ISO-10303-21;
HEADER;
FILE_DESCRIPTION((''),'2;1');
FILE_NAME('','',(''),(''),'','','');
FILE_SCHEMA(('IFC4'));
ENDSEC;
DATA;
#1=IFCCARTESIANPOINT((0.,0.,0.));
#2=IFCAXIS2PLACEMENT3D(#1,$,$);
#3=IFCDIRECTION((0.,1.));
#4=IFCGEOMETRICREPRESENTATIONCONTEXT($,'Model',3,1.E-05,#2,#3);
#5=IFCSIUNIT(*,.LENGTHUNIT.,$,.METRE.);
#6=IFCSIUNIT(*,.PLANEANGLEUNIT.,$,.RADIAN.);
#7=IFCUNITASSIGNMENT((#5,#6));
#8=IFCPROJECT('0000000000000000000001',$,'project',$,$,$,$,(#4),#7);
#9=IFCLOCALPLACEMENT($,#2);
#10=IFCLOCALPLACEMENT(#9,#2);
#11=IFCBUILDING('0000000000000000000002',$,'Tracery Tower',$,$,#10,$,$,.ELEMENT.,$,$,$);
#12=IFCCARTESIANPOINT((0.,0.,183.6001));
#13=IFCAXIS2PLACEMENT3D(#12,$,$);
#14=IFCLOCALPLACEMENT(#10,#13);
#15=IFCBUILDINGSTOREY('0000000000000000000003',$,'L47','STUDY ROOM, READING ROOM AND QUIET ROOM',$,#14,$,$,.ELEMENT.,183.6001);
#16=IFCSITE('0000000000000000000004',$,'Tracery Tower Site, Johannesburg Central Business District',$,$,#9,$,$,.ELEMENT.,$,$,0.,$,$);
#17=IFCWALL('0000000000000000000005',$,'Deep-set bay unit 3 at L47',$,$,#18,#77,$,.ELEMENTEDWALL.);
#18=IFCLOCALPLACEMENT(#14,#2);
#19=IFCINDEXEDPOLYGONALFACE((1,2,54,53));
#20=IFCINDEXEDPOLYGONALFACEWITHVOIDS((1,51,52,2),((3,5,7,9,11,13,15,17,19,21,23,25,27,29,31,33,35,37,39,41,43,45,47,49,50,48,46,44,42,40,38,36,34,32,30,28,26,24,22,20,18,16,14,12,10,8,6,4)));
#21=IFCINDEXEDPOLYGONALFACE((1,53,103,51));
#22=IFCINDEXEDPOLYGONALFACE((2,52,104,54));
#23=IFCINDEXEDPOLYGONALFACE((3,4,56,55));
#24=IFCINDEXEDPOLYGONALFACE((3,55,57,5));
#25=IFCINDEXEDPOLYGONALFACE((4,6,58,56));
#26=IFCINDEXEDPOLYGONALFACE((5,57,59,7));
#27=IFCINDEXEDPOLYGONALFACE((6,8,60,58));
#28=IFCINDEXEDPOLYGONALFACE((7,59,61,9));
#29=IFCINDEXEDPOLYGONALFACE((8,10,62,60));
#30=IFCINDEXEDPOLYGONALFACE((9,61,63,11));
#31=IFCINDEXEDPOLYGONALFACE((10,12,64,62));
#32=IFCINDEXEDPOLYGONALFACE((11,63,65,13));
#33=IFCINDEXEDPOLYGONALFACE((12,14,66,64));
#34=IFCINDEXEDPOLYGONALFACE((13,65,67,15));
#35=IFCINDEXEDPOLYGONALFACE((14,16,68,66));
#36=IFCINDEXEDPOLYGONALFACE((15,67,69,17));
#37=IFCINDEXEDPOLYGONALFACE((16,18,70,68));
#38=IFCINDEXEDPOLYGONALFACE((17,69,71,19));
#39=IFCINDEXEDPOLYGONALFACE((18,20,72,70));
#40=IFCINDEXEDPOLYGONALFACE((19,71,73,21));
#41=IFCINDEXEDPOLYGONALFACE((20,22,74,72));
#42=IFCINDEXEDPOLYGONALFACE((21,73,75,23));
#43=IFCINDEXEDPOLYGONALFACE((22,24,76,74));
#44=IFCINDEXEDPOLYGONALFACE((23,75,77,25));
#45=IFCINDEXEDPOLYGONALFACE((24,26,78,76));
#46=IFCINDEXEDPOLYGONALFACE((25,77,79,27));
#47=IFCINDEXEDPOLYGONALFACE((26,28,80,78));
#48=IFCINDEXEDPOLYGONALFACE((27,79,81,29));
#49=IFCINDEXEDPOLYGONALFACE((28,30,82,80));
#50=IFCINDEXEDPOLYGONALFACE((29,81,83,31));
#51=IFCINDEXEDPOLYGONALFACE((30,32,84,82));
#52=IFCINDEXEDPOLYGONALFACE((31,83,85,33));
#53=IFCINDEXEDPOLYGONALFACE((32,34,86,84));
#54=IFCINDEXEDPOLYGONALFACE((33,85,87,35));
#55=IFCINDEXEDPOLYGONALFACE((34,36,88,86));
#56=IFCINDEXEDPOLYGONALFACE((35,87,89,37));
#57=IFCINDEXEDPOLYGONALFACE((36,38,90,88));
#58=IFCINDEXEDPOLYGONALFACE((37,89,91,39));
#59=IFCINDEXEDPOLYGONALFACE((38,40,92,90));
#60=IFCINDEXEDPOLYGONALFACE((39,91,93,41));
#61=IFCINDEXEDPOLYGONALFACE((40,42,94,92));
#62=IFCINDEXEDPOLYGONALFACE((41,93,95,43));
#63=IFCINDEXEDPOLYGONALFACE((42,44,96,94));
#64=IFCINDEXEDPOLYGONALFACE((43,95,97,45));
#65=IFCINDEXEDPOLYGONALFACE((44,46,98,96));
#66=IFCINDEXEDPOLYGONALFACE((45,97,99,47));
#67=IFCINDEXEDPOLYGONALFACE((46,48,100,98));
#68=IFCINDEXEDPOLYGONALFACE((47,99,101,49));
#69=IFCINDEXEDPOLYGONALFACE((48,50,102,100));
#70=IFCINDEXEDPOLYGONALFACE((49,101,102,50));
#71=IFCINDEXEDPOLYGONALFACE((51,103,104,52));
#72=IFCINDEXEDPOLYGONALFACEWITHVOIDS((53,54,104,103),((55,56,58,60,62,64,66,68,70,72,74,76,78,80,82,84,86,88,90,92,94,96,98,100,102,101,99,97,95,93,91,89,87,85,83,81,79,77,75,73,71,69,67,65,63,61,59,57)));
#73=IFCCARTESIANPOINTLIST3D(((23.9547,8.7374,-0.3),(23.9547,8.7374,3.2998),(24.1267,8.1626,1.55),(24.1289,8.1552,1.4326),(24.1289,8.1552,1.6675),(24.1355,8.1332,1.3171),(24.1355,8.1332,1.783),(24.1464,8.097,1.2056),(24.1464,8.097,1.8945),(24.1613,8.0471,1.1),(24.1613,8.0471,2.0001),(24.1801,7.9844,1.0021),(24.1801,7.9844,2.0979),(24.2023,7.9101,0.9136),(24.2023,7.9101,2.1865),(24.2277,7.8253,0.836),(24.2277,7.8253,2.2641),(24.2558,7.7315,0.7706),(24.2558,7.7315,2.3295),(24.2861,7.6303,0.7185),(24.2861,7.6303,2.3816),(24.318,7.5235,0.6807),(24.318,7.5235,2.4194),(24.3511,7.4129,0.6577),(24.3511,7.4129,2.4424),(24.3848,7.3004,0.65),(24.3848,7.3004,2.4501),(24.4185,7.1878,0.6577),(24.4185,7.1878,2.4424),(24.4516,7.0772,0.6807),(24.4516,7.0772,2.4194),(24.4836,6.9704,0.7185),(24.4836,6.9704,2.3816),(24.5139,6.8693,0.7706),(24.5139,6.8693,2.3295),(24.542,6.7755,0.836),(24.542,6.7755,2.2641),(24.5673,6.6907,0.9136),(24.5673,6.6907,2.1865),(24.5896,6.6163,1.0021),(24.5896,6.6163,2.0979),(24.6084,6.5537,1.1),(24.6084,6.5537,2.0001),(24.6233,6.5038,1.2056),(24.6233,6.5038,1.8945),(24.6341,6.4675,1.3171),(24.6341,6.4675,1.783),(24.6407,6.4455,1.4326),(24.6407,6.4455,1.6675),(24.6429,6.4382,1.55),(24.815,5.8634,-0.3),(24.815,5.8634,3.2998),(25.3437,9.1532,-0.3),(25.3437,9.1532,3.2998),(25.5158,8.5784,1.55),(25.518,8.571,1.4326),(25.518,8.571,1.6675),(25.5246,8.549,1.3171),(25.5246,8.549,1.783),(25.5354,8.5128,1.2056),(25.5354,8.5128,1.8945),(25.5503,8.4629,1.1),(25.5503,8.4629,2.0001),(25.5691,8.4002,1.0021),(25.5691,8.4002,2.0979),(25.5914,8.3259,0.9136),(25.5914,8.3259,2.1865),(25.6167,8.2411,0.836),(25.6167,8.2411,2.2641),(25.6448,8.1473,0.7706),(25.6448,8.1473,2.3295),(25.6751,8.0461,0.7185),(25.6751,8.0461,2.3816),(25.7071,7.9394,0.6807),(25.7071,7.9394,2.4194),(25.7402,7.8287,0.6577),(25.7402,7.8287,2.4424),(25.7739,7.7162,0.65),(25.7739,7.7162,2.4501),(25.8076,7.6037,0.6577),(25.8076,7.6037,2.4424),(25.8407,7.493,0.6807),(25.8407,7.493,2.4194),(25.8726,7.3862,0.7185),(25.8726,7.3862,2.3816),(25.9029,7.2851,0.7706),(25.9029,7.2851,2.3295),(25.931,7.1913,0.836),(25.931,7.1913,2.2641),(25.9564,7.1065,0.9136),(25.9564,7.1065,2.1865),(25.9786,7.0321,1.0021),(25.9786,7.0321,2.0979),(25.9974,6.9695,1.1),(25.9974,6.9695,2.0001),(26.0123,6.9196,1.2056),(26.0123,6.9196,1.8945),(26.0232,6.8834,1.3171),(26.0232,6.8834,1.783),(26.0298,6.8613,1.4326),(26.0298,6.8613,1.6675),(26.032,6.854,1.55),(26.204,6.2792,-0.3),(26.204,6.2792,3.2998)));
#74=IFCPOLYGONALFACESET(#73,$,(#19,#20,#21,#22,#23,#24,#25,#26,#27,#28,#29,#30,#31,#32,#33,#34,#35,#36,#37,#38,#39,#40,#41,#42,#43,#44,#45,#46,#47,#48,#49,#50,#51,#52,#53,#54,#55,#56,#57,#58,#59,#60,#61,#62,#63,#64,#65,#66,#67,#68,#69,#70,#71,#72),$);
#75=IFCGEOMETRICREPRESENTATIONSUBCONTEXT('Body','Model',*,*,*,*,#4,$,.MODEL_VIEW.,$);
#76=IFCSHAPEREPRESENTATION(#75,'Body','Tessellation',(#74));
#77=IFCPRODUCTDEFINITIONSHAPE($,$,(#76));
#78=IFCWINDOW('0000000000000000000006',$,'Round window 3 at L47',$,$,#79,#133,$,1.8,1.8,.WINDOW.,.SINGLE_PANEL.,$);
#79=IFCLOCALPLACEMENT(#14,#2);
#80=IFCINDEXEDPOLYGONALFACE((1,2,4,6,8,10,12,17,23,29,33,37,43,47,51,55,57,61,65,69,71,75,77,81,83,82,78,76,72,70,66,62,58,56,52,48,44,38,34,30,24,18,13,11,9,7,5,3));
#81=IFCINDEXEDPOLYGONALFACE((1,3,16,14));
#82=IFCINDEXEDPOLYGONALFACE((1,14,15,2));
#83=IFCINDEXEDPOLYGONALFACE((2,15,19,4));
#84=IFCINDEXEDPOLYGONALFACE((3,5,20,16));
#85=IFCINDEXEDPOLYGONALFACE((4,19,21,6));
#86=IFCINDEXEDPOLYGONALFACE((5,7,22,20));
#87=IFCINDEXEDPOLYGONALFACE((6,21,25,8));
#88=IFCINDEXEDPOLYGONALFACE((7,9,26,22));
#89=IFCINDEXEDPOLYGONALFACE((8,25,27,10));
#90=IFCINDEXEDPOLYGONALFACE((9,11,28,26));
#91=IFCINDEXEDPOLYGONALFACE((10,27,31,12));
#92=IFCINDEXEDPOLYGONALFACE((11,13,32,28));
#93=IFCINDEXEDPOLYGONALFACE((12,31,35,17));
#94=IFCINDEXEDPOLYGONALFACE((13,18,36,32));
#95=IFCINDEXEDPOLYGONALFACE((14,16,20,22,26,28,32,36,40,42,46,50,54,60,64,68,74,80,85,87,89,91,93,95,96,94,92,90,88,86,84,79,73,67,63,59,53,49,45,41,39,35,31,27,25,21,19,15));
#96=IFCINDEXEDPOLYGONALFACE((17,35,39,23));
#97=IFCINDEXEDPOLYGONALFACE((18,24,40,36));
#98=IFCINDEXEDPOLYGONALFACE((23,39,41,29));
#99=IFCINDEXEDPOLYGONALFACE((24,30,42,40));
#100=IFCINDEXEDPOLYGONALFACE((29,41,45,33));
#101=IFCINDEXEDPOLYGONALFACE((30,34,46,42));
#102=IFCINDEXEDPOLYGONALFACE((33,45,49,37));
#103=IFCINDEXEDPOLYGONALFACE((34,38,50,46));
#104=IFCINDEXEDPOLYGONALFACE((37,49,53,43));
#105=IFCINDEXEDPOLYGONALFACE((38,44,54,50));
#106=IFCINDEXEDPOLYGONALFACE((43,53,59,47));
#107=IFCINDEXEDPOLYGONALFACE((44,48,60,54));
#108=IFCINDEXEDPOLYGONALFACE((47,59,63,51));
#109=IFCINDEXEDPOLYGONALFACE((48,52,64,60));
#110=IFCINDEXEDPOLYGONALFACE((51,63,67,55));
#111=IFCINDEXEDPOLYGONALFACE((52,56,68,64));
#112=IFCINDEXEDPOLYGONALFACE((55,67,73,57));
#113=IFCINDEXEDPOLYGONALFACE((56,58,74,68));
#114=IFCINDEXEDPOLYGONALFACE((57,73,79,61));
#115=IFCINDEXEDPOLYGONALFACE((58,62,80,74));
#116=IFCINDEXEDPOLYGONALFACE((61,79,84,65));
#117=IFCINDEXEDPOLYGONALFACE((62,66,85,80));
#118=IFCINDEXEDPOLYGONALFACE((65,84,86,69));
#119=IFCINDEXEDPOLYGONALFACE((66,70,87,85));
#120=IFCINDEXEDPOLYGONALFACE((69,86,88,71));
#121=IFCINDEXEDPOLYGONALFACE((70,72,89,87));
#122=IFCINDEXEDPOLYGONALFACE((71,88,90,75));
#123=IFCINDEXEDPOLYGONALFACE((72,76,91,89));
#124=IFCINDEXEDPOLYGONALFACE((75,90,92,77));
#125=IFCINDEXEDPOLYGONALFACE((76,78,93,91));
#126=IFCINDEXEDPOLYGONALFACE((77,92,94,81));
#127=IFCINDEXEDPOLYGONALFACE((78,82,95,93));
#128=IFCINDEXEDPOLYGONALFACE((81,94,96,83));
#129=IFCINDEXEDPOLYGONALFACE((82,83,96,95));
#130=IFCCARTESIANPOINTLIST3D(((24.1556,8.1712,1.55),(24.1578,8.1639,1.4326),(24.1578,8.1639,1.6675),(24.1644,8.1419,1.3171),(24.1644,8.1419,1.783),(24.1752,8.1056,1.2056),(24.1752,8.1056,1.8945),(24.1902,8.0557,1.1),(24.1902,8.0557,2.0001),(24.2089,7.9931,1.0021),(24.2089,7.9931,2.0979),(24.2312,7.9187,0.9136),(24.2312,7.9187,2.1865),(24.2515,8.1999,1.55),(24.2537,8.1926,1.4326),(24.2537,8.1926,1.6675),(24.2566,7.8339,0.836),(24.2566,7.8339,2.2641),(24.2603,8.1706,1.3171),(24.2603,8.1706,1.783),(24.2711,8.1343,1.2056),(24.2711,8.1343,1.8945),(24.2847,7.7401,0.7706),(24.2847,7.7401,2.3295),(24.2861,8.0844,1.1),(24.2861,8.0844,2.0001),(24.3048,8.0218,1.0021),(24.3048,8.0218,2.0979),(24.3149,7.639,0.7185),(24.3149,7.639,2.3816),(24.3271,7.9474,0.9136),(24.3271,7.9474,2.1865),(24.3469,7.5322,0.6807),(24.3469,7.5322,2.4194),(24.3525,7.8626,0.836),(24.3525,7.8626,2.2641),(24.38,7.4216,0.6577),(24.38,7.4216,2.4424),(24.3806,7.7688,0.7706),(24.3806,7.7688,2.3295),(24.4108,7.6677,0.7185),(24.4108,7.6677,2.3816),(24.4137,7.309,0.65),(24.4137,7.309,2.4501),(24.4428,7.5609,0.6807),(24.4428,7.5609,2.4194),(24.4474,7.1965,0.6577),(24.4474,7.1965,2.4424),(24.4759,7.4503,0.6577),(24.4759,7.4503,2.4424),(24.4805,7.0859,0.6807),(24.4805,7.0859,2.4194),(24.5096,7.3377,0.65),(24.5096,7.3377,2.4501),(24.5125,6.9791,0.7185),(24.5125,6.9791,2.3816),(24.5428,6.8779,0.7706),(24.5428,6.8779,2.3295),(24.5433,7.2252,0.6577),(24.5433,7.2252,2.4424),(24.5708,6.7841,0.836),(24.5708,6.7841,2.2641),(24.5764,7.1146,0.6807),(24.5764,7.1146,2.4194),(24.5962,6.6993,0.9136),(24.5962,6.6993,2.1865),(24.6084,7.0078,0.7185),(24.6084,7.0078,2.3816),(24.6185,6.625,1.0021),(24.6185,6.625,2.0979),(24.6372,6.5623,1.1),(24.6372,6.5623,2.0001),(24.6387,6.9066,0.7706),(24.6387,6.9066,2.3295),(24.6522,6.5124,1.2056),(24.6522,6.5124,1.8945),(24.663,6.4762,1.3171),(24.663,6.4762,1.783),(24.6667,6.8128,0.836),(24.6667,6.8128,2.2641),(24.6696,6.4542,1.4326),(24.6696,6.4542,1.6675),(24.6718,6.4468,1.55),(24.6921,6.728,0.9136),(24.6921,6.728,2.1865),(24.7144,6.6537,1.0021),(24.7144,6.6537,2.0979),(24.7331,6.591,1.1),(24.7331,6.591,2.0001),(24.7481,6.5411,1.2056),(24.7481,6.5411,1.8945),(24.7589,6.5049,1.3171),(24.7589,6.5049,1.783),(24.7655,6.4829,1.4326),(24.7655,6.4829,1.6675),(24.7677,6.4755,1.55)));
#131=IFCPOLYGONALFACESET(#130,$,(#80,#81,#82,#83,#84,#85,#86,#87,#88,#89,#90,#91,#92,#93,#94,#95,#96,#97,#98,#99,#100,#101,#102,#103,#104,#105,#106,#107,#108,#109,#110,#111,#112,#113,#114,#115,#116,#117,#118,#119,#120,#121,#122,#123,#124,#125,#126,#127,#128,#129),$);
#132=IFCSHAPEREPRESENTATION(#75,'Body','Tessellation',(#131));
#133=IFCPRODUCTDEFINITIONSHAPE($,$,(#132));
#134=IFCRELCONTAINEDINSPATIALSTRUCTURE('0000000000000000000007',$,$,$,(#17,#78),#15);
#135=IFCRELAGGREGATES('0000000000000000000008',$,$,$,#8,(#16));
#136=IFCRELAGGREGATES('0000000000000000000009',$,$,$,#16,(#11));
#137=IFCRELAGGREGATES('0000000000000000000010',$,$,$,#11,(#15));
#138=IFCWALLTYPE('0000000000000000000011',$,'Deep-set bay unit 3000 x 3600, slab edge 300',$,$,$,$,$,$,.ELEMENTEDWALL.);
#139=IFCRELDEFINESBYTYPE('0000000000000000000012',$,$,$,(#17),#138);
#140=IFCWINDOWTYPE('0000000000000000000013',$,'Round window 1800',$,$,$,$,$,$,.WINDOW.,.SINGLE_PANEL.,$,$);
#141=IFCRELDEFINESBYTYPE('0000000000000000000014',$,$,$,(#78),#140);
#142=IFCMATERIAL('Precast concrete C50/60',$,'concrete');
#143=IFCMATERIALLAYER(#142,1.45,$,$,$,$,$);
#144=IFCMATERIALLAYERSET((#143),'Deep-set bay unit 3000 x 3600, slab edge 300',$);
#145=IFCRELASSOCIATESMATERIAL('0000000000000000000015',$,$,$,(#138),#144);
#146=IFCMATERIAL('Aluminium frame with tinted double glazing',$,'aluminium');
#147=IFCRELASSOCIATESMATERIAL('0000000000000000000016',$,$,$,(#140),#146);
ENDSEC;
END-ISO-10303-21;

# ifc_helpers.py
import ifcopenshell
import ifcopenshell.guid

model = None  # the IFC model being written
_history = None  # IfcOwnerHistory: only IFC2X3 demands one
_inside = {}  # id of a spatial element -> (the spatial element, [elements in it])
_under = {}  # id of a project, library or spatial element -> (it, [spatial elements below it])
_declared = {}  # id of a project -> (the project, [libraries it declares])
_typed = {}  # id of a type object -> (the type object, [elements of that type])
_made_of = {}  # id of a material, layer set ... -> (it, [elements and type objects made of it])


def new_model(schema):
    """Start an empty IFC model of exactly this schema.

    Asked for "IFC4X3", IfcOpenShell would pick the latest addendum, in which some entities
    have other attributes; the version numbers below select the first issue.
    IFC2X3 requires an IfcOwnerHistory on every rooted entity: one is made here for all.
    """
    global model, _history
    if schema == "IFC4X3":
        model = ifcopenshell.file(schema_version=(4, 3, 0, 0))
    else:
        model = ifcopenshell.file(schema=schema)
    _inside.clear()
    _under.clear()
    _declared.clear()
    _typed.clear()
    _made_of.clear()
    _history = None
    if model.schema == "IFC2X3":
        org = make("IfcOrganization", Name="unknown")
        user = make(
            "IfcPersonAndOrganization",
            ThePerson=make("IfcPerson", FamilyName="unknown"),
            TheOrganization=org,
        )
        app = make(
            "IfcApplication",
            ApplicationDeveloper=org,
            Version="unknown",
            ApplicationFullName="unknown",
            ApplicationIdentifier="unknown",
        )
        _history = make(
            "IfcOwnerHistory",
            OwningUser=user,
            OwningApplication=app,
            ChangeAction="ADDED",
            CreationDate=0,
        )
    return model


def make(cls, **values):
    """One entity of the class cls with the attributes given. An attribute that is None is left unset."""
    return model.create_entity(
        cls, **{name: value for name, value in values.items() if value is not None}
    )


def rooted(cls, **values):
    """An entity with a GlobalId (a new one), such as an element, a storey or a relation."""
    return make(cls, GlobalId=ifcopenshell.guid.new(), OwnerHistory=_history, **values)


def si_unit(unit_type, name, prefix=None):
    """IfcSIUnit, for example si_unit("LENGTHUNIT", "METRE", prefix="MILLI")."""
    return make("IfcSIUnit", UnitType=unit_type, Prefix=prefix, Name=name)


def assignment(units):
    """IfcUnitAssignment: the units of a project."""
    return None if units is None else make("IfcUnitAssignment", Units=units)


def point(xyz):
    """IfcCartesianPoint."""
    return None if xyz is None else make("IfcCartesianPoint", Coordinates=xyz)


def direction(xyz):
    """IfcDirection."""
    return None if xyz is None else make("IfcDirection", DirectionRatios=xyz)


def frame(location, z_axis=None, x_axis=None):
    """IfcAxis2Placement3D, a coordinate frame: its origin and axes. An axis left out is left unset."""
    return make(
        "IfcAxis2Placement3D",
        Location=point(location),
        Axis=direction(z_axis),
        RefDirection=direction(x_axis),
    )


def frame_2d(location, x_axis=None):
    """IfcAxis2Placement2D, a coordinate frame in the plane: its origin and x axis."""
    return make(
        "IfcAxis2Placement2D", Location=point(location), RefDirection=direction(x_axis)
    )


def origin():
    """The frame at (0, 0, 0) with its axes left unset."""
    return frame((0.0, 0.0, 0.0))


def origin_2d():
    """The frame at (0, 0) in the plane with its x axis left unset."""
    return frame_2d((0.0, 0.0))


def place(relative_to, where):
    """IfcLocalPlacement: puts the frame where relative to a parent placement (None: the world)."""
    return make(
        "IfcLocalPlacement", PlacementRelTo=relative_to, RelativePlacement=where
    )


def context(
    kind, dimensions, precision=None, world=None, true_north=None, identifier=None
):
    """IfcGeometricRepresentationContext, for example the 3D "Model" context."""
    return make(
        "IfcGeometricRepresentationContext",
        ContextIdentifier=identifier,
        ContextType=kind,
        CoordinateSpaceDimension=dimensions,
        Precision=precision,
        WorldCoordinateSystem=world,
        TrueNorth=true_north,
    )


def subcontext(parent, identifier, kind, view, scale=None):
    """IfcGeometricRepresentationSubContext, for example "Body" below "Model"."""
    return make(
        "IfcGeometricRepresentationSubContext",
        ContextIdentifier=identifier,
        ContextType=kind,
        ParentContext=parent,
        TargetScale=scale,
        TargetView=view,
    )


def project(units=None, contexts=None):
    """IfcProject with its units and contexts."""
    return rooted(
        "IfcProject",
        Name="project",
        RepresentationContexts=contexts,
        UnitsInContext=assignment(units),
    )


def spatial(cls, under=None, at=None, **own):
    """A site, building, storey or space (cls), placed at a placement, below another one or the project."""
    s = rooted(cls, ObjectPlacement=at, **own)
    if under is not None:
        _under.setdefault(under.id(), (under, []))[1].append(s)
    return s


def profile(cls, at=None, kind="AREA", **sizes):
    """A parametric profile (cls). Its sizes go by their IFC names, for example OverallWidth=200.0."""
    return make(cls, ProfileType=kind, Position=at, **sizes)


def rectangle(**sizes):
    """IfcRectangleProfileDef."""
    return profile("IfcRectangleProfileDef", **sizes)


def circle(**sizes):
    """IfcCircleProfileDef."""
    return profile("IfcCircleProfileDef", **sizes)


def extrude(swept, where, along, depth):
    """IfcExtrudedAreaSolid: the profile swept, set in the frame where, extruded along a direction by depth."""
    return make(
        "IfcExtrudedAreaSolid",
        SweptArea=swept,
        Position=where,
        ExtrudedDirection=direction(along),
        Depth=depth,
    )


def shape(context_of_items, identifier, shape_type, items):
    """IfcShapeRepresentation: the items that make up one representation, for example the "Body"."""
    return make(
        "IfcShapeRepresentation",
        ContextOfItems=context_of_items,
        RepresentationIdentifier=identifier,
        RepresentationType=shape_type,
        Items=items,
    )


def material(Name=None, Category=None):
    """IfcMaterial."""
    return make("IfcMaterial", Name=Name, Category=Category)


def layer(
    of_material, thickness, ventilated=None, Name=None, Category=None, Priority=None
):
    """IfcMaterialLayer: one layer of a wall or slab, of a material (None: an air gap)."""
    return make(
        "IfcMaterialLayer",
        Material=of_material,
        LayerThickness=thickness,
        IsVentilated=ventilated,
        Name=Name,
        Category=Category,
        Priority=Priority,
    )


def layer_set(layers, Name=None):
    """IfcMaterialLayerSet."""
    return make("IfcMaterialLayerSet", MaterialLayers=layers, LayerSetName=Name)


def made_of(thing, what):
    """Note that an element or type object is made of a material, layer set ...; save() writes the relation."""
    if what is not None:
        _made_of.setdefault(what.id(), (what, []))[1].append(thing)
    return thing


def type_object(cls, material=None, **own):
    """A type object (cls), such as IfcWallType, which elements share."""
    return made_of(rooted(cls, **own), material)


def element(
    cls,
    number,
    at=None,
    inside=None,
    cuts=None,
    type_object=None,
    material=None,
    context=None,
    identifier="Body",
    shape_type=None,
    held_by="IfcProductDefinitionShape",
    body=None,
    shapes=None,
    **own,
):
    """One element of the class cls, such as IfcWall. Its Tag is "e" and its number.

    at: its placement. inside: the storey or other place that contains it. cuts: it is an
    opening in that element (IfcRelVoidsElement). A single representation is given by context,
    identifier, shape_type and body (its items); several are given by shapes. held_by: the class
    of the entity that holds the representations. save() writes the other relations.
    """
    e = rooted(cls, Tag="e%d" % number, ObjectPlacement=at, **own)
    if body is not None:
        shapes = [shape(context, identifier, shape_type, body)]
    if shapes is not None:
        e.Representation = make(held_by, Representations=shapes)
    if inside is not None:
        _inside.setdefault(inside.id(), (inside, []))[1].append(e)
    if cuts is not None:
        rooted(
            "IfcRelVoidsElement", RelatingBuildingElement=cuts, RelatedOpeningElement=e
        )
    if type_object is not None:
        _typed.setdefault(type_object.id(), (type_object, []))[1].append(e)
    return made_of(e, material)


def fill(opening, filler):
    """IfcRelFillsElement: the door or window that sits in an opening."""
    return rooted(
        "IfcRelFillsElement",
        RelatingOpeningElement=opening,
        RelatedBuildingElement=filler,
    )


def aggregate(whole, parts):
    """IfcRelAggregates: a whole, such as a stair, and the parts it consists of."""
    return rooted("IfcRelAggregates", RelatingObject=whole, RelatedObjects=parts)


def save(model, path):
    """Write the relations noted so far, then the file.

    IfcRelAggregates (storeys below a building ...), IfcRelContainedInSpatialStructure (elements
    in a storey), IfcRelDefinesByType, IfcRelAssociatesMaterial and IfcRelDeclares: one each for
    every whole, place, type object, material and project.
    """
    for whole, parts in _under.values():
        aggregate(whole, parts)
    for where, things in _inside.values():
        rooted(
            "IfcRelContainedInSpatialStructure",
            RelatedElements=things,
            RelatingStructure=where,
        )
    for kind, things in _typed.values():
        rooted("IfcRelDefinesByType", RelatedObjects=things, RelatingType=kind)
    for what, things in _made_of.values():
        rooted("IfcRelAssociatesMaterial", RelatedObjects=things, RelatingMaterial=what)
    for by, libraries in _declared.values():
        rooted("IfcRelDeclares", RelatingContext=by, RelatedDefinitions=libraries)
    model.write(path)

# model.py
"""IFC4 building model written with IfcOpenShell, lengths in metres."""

from ifc_helpers import new_model, si_unit, direction, frame, frame_2d, origin, origin_2d, place, context, subcontext, project, spatial, rectangle, circle, extrude, material, layer, layer_set, type_object, element, fill, save


model = new_model("IFC4")

# Units and contexts
model_context = context("Model", 3, precision=1e-05, world=origin(), true_north=direction((0.0, 1.0)))
body_context = subcontext(model_context, "Body", "Model", "MODEL_VIEW")
ifc_project = project(units=[si_unit("LENGTHUNIT", "METRE"), si_unit("PLANEANGLEUNIT", "RADIAN")], contexts=[model_context])

# Site, building, storey
site_placement = place(None, origin())
site = spatial("IfcSite", under=ifc_project, at=site_placement, Name="Tracery Tower Site, Johannesburg Central Business District", CompositionType="ELEMENT", RefElevation=0.0)
building_placement = place(site_placement, origin())
building = spatial("IfcBuilding", under=site, at=building_placement, Name="Tracery Tower", CompositionType="ELEMENT")
storey_placement = place(building_placement, frame((0.0, 0.0, 183.6001)))
storey = spatial("IfcBuildingStorey", under=building, at=storey_placement, Name="L47", Description="STUDY ROOM, READING ROOM AND QUIET ROOM", CompositionType="ELEMENT", Elevation=183.6001)

# Wall, opening, window
ifc_material_1 = material(Name="Precast concrete C50/60", Category="concrete")
ifc_layer_1 = layer(ifc_material_1, 1.45)
ifc_layer_set_1 = layer_set([ifc_layer_1], Name="Deep-set bay unit 3000 x 3600, slab edge 300")
wall_type_1 = type_object("IfcWallType", Name="Deep-set bay unit 3000 x 3600, slab edge 300", PredefinedType="ELEMENTEDWALL", material=ifc_layer_set_1)
wall_1_placement = place(storey_placement, frame((25.5095, 6.0713, -0.3), z_axis=(0.0, 0.0, 1.0), x_axis=(-0.28678, 0.957996, 0.0)))
wall_1 = element("IfcWall", 1, at=wall_1_placement, inside=storey, type_object=wall_type_1, Name="Deep-set bay unit 3 at L47", PredefinedType="ELEMENTEDWALL", context=body_context, shape_type="SweptSolid", body=[
    extrude(rectangle(XDim=3.0, YDim=1.45, at=frame_2d((1.5, 0.0))), origin(), (0.0, 0.0, 1.0), 3.5999),
])
opening_1_placement = place(wall_1_placement, frame((1.5, 0.0, 1.8501)))
opening_1 = element("IfcOpeningElement", 2, at=opening_1_placement, cuts=wall_1, PredefinedType="OPENING", context=body_context, shape_type="SweptSolid", body=[
    extrude(circle(Radius=0.9, at=origin_2d()), frame((0.0, 0.7349, 0.0), z_axis=(0.0, -1.0, 0.0), x_axis=(1.0, 0.0, 0.0)), (0.0, 0.0, 1.0), 1.47),
])
ifc_material_2 = material(Name="Aluminium frame with tinted double glazing", Category="aluminium")
window_type = type_object("IfcWindowType", Name="Round window 1800", PartitioningType="SINGLE_PANEL", PredefinedType="WINDOW", material=ifc_material_2)
window_1_placement = place(opening_1_placement, origin())
window_1 = element("IfcWindow", 3, at=window_1_placement, inside=storey, type_object=window_type, Name="Round window 3 at L47", OverallHeight=1.8, OverallWidth=1.8, PartitioningType="SINGLE_PANEL", PredefinedType="WINDOW", context=body_context, shape_type="SweptSolid", body=[
    extrude(circle(Radius=0.9, at=origin_2d()), frame((0.0, 0.6948, 0.0), z_axis=(0.0, -1.0, 0.0), x_axis=(1.0, 0.0, 0.0)), (0.0, 0.0, 1.0), 0.1001),
])
fill(opening_1, window_1)

save(model, "model.ifc")
